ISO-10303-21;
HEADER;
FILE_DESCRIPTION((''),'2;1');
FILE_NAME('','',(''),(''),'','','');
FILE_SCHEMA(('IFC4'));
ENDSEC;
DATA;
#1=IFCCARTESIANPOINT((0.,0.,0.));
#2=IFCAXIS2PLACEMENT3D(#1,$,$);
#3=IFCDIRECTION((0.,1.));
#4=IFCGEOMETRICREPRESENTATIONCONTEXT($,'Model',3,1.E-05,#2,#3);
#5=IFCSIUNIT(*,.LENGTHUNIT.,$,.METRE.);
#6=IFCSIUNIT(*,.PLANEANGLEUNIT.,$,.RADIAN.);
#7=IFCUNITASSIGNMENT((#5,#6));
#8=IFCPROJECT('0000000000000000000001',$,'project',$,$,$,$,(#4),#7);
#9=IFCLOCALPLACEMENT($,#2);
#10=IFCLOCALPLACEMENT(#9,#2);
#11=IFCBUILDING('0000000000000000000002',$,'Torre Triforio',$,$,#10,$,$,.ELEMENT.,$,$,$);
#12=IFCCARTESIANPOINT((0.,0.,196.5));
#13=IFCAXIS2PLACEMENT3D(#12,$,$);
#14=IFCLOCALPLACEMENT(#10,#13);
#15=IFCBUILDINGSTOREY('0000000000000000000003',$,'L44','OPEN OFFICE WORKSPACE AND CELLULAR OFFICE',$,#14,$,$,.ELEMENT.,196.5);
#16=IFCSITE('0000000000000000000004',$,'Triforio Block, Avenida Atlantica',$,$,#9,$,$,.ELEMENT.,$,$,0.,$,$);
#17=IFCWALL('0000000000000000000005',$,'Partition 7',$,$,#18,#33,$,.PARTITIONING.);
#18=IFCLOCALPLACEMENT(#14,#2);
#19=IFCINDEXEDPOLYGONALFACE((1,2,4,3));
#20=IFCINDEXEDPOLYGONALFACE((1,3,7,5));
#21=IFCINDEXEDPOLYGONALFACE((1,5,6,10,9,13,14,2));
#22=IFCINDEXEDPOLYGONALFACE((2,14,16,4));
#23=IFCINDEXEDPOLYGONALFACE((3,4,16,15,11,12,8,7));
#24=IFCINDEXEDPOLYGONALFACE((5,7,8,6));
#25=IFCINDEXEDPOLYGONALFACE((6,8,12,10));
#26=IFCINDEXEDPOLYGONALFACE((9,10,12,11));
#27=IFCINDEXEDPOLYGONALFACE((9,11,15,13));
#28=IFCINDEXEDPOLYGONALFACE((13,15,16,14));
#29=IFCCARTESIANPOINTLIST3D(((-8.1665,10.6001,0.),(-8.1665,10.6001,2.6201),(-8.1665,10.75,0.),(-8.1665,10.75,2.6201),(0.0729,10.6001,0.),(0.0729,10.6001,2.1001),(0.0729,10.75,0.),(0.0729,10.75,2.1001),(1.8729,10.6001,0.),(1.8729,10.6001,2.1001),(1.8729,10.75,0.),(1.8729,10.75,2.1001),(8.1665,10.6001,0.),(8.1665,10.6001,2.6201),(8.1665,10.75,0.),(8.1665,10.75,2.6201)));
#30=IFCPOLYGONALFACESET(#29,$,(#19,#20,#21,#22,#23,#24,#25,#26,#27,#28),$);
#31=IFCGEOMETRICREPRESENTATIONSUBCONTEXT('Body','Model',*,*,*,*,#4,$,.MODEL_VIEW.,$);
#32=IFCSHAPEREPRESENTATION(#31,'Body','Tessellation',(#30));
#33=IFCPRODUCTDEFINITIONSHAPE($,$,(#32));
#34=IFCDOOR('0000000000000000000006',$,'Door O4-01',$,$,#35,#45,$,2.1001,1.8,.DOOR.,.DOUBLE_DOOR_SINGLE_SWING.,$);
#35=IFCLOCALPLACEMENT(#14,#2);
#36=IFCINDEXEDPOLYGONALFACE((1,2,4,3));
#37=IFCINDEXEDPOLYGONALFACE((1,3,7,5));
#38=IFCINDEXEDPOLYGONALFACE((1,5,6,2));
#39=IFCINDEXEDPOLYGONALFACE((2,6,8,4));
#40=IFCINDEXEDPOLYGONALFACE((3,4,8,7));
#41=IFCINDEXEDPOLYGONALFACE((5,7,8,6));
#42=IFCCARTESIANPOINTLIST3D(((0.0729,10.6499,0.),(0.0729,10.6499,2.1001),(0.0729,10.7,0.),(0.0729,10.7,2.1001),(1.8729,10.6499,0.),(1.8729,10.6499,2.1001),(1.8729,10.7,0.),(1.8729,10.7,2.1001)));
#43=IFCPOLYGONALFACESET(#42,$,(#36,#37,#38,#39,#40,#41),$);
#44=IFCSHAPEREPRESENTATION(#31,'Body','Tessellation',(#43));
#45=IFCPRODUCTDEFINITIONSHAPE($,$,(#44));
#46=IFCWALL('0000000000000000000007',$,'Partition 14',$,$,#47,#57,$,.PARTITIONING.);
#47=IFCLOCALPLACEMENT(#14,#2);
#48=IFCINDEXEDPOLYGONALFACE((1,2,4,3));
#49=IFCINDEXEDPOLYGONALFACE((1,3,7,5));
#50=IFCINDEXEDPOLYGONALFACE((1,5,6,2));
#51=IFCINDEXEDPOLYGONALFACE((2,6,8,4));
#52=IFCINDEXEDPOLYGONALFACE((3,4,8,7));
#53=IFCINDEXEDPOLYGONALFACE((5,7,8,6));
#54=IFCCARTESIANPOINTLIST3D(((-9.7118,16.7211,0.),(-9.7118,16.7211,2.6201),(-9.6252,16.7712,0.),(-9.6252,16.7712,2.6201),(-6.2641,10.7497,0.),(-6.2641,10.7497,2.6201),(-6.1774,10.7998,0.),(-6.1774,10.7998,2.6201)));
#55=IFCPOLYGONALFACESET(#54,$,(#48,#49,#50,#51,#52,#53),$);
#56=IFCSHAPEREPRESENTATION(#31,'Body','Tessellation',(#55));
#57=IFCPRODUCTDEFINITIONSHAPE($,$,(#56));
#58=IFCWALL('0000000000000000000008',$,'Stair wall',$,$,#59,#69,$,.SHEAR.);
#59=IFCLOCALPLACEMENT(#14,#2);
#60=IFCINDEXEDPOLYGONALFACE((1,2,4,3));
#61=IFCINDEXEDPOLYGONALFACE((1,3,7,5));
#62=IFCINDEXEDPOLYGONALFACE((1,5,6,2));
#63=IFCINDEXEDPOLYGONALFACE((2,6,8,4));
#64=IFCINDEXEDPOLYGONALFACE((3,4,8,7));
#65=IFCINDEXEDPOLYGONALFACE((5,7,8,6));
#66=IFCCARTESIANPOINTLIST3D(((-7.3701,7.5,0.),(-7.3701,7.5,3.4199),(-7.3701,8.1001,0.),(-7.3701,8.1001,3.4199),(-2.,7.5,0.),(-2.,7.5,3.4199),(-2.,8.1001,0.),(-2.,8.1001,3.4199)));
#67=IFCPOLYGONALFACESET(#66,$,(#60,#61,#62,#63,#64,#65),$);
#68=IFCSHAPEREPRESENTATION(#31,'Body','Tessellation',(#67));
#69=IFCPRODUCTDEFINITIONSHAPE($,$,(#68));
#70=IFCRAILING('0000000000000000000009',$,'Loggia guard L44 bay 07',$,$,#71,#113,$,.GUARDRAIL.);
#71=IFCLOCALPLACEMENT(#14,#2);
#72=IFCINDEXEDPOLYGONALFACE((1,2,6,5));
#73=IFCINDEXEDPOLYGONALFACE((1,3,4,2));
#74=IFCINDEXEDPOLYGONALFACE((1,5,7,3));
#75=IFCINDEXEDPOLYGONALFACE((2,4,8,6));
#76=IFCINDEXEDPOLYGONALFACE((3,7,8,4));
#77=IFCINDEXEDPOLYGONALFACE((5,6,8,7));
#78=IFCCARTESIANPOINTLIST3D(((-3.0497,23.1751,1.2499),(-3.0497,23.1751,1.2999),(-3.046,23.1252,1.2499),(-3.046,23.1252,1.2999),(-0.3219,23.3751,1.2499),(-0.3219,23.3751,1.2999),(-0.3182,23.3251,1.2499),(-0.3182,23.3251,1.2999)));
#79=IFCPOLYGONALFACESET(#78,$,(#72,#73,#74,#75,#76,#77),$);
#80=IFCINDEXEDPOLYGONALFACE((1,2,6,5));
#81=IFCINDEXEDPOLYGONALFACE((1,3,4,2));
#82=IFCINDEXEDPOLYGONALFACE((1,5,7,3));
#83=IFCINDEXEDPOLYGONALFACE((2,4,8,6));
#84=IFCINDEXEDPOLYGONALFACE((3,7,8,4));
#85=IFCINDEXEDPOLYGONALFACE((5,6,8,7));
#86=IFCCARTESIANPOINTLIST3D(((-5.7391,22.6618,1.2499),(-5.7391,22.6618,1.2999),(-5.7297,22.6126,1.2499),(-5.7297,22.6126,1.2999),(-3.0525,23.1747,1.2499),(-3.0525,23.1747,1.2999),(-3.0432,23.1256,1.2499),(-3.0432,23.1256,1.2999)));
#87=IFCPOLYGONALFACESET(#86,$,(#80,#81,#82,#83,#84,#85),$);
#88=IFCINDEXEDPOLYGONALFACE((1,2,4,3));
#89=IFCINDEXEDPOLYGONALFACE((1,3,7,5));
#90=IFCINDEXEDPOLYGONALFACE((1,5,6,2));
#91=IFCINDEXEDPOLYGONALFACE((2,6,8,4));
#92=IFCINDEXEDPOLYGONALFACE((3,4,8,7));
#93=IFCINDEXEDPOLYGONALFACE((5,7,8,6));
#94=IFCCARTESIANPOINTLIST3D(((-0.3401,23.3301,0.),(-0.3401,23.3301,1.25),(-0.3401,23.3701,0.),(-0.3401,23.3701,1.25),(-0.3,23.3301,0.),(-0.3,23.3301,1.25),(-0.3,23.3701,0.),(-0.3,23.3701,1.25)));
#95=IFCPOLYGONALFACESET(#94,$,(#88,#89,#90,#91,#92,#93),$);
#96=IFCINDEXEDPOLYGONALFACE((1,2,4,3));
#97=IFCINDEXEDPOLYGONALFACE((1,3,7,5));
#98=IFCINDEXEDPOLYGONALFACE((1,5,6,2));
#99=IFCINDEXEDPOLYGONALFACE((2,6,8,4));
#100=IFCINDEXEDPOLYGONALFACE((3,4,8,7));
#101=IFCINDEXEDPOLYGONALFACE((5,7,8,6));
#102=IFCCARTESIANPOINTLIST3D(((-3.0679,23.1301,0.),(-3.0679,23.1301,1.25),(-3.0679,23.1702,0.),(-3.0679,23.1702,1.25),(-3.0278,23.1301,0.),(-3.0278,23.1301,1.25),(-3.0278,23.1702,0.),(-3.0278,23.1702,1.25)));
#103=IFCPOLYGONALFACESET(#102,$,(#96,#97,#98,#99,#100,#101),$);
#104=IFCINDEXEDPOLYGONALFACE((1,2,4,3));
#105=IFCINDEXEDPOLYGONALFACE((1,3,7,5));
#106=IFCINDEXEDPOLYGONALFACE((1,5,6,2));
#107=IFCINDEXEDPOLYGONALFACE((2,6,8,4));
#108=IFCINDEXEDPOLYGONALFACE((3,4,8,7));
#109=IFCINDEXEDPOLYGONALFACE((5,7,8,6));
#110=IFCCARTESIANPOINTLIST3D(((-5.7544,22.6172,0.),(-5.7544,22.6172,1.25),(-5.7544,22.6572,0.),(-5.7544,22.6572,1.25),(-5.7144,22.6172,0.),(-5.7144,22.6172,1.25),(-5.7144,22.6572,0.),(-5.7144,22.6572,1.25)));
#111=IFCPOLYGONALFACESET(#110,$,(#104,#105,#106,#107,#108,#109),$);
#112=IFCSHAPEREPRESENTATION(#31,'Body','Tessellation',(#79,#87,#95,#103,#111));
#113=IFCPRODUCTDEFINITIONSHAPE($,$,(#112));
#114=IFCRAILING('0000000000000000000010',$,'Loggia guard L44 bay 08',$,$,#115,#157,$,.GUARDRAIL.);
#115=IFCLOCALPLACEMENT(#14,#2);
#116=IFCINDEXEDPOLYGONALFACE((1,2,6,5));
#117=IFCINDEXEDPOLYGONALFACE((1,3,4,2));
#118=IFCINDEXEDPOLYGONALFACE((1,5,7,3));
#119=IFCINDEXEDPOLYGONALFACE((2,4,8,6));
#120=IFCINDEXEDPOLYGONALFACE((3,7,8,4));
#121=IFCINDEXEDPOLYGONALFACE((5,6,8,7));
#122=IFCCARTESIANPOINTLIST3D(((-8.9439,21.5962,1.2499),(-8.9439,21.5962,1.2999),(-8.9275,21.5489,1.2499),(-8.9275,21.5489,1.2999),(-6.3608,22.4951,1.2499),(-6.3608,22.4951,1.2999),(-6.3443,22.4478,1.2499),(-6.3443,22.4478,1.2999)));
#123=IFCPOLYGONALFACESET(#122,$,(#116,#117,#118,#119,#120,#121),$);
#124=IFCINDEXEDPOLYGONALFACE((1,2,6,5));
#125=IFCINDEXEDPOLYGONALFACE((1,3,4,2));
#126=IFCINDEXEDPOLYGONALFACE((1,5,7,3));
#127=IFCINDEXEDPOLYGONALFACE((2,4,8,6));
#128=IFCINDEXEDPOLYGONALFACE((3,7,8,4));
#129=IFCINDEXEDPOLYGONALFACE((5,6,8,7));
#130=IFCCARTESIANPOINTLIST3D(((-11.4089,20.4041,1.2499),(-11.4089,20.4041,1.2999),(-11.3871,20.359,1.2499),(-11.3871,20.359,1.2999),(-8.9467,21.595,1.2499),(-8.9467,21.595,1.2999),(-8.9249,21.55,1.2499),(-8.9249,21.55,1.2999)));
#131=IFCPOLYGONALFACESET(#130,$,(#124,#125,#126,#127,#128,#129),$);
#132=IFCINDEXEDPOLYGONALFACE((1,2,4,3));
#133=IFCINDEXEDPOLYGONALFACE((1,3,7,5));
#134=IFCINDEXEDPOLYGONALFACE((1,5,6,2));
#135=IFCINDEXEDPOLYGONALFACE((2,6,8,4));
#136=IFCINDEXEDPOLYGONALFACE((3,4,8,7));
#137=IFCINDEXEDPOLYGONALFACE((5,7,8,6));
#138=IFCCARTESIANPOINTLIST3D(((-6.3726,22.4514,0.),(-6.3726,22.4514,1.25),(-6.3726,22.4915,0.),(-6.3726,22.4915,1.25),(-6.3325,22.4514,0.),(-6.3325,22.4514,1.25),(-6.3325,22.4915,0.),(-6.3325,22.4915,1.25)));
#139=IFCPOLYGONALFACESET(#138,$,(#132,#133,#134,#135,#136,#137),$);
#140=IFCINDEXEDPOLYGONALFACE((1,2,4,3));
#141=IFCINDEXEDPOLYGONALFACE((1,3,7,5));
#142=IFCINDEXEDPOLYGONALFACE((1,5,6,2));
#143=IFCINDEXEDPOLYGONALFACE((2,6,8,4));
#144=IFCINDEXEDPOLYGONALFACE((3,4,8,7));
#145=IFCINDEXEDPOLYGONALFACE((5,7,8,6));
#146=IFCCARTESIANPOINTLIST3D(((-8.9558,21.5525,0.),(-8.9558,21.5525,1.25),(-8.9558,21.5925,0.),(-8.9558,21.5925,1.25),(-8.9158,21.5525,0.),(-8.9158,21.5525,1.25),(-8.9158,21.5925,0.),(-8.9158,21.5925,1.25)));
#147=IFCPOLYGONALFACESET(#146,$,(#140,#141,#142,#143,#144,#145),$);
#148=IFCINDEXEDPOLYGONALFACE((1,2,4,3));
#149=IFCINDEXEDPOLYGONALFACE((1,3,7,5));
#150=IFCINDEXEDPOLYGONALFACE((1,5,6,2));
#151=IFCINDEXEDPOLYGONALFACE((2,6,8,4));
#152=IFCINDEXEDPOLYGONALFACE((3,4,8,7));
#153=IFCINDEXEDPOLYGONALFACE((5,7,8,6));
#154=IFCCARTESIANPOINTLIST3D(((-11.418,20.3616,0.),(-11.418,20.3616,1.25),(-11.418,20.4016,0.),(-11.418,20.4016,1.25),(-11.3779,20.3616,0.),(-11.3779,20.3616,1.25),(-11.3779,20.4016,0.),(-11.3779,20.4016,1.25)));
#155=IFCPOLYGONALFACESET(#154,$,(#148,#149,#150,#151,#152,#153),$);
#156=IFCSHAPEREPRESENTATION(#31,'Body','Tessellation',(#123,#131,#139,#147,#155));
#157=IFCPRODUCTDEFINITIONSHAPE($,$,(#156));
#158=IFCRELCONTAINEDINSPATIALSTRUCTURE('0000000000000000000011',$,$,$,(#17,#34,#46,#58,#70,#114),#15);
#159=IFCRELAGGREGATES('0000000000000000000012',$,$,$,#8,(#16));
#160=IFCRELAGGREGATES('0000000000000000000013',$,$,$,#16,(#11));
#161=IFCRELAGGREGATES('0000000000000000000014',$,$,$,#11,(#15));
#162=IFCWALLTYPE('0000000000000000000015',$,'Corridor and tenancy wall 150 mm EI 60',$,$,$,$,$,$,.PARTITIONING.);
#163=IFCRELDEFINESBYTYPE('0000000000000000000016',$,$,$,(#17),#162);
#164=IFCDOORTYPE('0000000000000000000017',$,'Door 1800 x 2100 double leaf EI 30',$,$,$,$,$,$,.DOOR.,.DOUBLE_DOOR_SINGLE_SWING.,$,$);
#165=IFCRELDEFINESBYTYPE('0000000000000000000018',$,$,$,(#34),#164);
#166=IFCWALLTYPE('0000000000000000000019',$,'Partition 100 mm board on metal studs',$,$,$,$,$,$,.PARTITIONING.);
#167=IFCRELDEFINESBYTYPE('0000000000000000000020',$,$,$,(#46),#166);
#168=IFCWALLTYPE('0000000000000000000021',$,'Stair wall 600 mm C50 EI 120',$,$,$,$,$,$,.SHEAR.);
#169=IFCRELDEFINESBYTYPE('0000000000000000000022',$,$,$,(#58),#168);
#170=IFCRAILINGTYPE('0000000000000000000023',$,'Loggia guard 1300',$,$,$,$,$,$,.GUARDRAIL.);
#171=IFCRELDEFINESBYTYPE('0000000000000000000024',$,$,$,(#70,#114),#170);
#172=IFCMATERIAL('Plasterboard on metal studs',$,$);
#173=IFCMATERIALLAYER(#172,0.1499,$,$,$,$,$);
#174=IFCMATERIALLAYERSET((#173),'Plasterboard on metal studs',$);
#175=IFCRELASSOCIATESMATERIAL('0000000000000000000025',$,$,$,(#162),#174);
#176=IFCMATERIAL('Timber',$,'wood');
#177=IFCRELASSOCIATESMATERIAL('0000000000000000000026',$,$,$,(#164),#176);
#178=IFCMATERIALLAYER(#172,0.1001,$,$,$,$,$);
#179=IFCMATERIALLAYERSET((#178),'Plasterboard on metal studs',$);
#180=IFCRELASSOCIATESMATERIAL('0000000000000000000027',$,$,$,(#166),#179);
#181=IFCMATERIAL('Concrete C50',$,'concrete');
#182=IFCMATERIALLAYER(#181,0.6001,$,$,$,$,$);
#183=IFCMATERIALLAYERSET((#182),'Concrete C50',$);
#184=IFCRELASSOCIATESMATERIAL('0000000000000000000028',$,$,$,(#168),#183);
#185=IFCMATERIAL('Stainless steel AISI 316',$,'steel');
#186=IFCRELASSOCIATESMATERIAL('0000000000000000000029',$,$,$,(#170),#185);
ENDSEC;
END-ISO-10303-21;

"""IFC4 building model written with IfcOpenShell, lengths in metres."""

from ifc_helpers import new_model, si_unit, direction, frame, frame_2d, origin, origin_2d, place, context, subcontext, project, spatial, rectangle, extrude, material, layer, layer_set, type_object, element, fill, save


model = new_model("IFC4")

# Units and contexts
model_context = context("Model", 3, precision=1e-05, world=origin(), true_north=direction((0.0, 1.0)))
body_context = subcontext(model_context, "Body", "Model", "MODEL_VIEW")
ifc_project = project(units=[si_unit("LENGTHUNIT", "METRE"), si_unit("PLANEANGLEUNIT", "RADIAN")], contexts=[model_context])

# Site, building, storey
site_placement = place(None, origin())
site = spatial("IfcSite", under=ifc_project, at=site_placement, Name="Triforio Block, Avenida Atlantica", CompositionType="ELEMENT", RefElevation=0.0)
building_placement = place(site_placement, origin())
building = spatial("IfcBuilding", under=site, at=building_placement, Name="Torre Triforio", CompositionType="ELEMENT")
storey_placement = place(building_placement, frame((0.0, 0.0, 196.5)))
storey = spatial("IfcBuildingStorey", under=building, at=storey_placement, Name="L44", Description="OPEN OFFICE WORKSPACE AND CELLULAR OFFICE", CompositionType="ELEMENT", Elevation=196.5)

# Shared definitions
ifc_material_1 = material(Name="Concrete C50", Category="concrete")

# Wall, opening, door
ifc_material_2 = material(Name="Plasterboard on metal studs")
ifc_layer_1 = layer(ifc_material_2, 0.1499)
ifc_layer_set_1 = layer_set([ifc_layer_1], Name="Plasterboard on metal studs")
wall_type_1 = type_object("IfcWallType", Name="Corridor and tenancy wall 150 mm EI 60", PredefinedType="PARTITIONING", material=ifc_layer_set_1)
wall_1_placement = place(storey_placement, frame((-8.1665, 10.675, 0.0), z_axis=(0.0, 0.0, 1.0), x_axis=(1.0, 0.0, 0.0)))
wall_1 = element("IfcWall", 1, at=wall_1_placement, inside=storey, type_object=wall_type_1, Name="Partition 7", PredefinedType="PARTITIONING", context=body_context, shape_type="SweptSolid", body=[
    extrude(rectangle(XDim=16.333, YDim=0.1499, at=frame_2d((8.1665, 0.0))), origin(), (0.0, 0.0, 1.0), 2.6201),
])
opening_1_placement = place(wall_1_placement, frame((8.2395, 0.0, 0.0)))
opening_1 = element("IfcOpeningElement", 2, at=opening_1_placement, cuts=wall_1, PredefinedType="OPENING", context=body_context, shape_type="SweptSolid", body=[
    extrude(rectangle(XDim=1.8, YDim=2.1001, at=frame_2d((0.8999, 1.05))), frame((0.0, 0.085, 0.0), z_axis=(0.0, -1.0, 0.0), x_axis=(1.0, 0.0, 0.0)), (0.0, 0.0, 1.0), 0.1699),
])
ifc_material_3 = material(Name="Timber", Category="wood")
door_type_1 = type_object("IfcDoorType", Name="Door 1800 x 2100 double leaf EI 30", OperationType="DOUBLE_DOOR_SINGLE_SWING", PredefinedType="DOOR", material=ifc_material_3)
door_1_placement = place(opening_1_placement, origin())
door_1 = element("IfcDoor", 3, at=door_1_placement, inside=storey, type_object=door_type_1, Name="Door O4-01", OperationType="DOUBLE_DOOR_SINGLE_SWING", OverallHeight=2.1001, OverallWidth=1.8, PredefinedType="DOOR", context=body_context, shape_type="SweptSolid", body=[
    extrude(rectangle(XDim=1.8, YDim=2.1001, at=frame_2d((0.8999, 1.05))), frame((0.0, 0.0249, 0.0), z_axis=(0.0, -1.0, 0.0), x_axis=(1.0, 0.0, 0.0)), (0.0, 0.0, 1.0), 0.05),
])
fill(opening_1, door_1)

# Walls
ifc_layer_2 = layer(ifc_material_2, 0.1001)
ifc_layer_set_2 = layer_set([ifc_layer_2], Name="Plasterboard on metal studs")
wall_type_2 = type_object("IfcWallType", Name="Partition 100 mm board on metal studs", PredefinedType="PARTITIONING", material=ifc_layer_set_2)
wall_2_placement = place(storey_placement, frame((-6.2207, 10.7747, 0.0), z_axis=(0.0, 0.0, 1.0), x_axis=(-0.500016, 0.866016, 0.0)))
element("IfcWall", 4, at=wall_2_placement, inside=storey, type_object=wall_type_2, Name="Partition 14", PredefinedType="PARTITIONING", context=body_context, shape_type="SweptSolid", body=[
    extrude(rectangle(XDim=6.8953, YDim=0.1001, at=frame_2d((3.4478, 0.0))), origin(), (0.0, 0.0, 1.0), 2.6201),
])
ifc_layer_3 = layer(ifc_material_1, 0.6001)
ifc_layer_set_3 = layer_set([ifc_layer_3], Name="Concrete C50")
wall_type_3 = type_object("IfcWallType", Name="Stair wall 600 mm C50 EI 120", PredefinedType="SHEAR", material=ifc_layer_set_3)
wall_3_placement = place(storey_placement, frame((-7.3701, 7.8, 0.0), z_axis=(0.0, 0.0, 1.0), x_axis=(1.0, 0.0, 0.0)))
element("IfcWall", 5, at=wall_3_placement, inside=storey, type_object=wall_type_3, Name="Stair wall", PredefinedType="SHEAR", context=body_context, shape_type="SweptSolid", body=[
    extrude(rectangle(XDim=5.3701, YDim=0.6001, at=frame_2d((2.6851, 0.0))), origin(), (0.0, 0.0, 1.0), 3.4199),
])

# Railings
ifc_material_4 = material(Name="Stainless steel AISI 316", Category="steel")
railing_type = type_object("IfcRailingType", Name="Loggia guard 1300", PredefinedType="GUARDRAIL", material=ifc_material_4)
railing_1_placement = place(storey_placement, frame((-0.3201, 23.3501, 0.0)))
element("IfcRailing", 6, at=railing_1_placement, inside=storey, type_object=railing_type, Name="Loggia guard L44 bay 07", PredefinedType="GUARDRAIL", context=body_context, shape_type="SweptSolid", body=[
    extrude(rectangle(XDim=0.05, YDim=0.05, at=origin_2d()), frame((0.0, 0.0, 1.2749), z_axis=(-0.997324, -0.073106, 0.0), x_axis=(0.073106, -0.997324, 0.0)), (0.0, 0.0, 1.0), 2.7351),
    extrude(rectangle(XDim=0.05, YDim=0.05, at=origin_2d()), frame((-2.7278, -0.2, 1.2749), z_axis=(-0.982256, -0.187543, 0.0), x_axis=(0.187543, -0.982256, 0.0)), (0.0, 0.0, 1.0), 2.7351),
    extrude(rectangle(XDim=0.04, YDim=0.04, at=origin_2d()), origin(), (0.0, 0.0, 1.0), 1.25),
    extrude(rectangle(XDim=0.04, YDim=0.04, at=origin_2d()), frame((-2.7278, -0.2, 0.0)), (0.0, 0.0, 1.0), 1.25),
    extrude(rectangle(XDim=0.04, YDim=0.04, at=origin_2d()), frame((-5.4143, -0.7129, 0.0)), (0.0, 0.0, 1.0), 1.25),
])
railing_2_placement = place(storey_placement, frame((-6.3525, 22.4714, 0.0)))
element("IfcRailing", 7, at=railing_2_placement, inside=storey, type_object=railing_type, Name="Loggia guard L44 bay 08", PredefinedType="GUARDRAIL", context=body_context, shape_type="SweptSolid", body=[
    extrude(rectangle(XDim=0.05, YDim=0.05, at=origin_2d()), frame((0.0, 0.0, 1.2749), z_axis=(-0.944451, -0.328652, 0.0), x_axis=(0.328652, -0.944451, 0.0)), (0.0, 0.0, 1.0), 2.7351),
    extrude(rectangle(XDim=0.05, YDim=0.05, at=origin_2d()), frame((-2.5833, -0.8989, 1.2749), z_axis=(-0.900224, -0.435428, 0.0), x_axis=(0.435428, -0.900224, 0.0)), (0.0, 0.0, 1.0), 2.7351),
    extrude(rectangle(XDim=0.04, YDim=0.04, at=origin_2d()), origin(), (0.0, 0.0, 1.0), 1.25),
    extrude(rectangle(XDim=0.04, YDim=0.04, at=origin_2d()), frame((-2.5833, -0.8989, 0.0)), (0.0, 0.0, 1.0), 1.25),
    extrude(rectangle(XDim=0.04, YDim=0.04, at=origin_2d()), frame((-5.0454, -2.0898, 0.0)), (0.0, 0.0, 1.0), 1.25),
])

save(model, "model.ifc")
